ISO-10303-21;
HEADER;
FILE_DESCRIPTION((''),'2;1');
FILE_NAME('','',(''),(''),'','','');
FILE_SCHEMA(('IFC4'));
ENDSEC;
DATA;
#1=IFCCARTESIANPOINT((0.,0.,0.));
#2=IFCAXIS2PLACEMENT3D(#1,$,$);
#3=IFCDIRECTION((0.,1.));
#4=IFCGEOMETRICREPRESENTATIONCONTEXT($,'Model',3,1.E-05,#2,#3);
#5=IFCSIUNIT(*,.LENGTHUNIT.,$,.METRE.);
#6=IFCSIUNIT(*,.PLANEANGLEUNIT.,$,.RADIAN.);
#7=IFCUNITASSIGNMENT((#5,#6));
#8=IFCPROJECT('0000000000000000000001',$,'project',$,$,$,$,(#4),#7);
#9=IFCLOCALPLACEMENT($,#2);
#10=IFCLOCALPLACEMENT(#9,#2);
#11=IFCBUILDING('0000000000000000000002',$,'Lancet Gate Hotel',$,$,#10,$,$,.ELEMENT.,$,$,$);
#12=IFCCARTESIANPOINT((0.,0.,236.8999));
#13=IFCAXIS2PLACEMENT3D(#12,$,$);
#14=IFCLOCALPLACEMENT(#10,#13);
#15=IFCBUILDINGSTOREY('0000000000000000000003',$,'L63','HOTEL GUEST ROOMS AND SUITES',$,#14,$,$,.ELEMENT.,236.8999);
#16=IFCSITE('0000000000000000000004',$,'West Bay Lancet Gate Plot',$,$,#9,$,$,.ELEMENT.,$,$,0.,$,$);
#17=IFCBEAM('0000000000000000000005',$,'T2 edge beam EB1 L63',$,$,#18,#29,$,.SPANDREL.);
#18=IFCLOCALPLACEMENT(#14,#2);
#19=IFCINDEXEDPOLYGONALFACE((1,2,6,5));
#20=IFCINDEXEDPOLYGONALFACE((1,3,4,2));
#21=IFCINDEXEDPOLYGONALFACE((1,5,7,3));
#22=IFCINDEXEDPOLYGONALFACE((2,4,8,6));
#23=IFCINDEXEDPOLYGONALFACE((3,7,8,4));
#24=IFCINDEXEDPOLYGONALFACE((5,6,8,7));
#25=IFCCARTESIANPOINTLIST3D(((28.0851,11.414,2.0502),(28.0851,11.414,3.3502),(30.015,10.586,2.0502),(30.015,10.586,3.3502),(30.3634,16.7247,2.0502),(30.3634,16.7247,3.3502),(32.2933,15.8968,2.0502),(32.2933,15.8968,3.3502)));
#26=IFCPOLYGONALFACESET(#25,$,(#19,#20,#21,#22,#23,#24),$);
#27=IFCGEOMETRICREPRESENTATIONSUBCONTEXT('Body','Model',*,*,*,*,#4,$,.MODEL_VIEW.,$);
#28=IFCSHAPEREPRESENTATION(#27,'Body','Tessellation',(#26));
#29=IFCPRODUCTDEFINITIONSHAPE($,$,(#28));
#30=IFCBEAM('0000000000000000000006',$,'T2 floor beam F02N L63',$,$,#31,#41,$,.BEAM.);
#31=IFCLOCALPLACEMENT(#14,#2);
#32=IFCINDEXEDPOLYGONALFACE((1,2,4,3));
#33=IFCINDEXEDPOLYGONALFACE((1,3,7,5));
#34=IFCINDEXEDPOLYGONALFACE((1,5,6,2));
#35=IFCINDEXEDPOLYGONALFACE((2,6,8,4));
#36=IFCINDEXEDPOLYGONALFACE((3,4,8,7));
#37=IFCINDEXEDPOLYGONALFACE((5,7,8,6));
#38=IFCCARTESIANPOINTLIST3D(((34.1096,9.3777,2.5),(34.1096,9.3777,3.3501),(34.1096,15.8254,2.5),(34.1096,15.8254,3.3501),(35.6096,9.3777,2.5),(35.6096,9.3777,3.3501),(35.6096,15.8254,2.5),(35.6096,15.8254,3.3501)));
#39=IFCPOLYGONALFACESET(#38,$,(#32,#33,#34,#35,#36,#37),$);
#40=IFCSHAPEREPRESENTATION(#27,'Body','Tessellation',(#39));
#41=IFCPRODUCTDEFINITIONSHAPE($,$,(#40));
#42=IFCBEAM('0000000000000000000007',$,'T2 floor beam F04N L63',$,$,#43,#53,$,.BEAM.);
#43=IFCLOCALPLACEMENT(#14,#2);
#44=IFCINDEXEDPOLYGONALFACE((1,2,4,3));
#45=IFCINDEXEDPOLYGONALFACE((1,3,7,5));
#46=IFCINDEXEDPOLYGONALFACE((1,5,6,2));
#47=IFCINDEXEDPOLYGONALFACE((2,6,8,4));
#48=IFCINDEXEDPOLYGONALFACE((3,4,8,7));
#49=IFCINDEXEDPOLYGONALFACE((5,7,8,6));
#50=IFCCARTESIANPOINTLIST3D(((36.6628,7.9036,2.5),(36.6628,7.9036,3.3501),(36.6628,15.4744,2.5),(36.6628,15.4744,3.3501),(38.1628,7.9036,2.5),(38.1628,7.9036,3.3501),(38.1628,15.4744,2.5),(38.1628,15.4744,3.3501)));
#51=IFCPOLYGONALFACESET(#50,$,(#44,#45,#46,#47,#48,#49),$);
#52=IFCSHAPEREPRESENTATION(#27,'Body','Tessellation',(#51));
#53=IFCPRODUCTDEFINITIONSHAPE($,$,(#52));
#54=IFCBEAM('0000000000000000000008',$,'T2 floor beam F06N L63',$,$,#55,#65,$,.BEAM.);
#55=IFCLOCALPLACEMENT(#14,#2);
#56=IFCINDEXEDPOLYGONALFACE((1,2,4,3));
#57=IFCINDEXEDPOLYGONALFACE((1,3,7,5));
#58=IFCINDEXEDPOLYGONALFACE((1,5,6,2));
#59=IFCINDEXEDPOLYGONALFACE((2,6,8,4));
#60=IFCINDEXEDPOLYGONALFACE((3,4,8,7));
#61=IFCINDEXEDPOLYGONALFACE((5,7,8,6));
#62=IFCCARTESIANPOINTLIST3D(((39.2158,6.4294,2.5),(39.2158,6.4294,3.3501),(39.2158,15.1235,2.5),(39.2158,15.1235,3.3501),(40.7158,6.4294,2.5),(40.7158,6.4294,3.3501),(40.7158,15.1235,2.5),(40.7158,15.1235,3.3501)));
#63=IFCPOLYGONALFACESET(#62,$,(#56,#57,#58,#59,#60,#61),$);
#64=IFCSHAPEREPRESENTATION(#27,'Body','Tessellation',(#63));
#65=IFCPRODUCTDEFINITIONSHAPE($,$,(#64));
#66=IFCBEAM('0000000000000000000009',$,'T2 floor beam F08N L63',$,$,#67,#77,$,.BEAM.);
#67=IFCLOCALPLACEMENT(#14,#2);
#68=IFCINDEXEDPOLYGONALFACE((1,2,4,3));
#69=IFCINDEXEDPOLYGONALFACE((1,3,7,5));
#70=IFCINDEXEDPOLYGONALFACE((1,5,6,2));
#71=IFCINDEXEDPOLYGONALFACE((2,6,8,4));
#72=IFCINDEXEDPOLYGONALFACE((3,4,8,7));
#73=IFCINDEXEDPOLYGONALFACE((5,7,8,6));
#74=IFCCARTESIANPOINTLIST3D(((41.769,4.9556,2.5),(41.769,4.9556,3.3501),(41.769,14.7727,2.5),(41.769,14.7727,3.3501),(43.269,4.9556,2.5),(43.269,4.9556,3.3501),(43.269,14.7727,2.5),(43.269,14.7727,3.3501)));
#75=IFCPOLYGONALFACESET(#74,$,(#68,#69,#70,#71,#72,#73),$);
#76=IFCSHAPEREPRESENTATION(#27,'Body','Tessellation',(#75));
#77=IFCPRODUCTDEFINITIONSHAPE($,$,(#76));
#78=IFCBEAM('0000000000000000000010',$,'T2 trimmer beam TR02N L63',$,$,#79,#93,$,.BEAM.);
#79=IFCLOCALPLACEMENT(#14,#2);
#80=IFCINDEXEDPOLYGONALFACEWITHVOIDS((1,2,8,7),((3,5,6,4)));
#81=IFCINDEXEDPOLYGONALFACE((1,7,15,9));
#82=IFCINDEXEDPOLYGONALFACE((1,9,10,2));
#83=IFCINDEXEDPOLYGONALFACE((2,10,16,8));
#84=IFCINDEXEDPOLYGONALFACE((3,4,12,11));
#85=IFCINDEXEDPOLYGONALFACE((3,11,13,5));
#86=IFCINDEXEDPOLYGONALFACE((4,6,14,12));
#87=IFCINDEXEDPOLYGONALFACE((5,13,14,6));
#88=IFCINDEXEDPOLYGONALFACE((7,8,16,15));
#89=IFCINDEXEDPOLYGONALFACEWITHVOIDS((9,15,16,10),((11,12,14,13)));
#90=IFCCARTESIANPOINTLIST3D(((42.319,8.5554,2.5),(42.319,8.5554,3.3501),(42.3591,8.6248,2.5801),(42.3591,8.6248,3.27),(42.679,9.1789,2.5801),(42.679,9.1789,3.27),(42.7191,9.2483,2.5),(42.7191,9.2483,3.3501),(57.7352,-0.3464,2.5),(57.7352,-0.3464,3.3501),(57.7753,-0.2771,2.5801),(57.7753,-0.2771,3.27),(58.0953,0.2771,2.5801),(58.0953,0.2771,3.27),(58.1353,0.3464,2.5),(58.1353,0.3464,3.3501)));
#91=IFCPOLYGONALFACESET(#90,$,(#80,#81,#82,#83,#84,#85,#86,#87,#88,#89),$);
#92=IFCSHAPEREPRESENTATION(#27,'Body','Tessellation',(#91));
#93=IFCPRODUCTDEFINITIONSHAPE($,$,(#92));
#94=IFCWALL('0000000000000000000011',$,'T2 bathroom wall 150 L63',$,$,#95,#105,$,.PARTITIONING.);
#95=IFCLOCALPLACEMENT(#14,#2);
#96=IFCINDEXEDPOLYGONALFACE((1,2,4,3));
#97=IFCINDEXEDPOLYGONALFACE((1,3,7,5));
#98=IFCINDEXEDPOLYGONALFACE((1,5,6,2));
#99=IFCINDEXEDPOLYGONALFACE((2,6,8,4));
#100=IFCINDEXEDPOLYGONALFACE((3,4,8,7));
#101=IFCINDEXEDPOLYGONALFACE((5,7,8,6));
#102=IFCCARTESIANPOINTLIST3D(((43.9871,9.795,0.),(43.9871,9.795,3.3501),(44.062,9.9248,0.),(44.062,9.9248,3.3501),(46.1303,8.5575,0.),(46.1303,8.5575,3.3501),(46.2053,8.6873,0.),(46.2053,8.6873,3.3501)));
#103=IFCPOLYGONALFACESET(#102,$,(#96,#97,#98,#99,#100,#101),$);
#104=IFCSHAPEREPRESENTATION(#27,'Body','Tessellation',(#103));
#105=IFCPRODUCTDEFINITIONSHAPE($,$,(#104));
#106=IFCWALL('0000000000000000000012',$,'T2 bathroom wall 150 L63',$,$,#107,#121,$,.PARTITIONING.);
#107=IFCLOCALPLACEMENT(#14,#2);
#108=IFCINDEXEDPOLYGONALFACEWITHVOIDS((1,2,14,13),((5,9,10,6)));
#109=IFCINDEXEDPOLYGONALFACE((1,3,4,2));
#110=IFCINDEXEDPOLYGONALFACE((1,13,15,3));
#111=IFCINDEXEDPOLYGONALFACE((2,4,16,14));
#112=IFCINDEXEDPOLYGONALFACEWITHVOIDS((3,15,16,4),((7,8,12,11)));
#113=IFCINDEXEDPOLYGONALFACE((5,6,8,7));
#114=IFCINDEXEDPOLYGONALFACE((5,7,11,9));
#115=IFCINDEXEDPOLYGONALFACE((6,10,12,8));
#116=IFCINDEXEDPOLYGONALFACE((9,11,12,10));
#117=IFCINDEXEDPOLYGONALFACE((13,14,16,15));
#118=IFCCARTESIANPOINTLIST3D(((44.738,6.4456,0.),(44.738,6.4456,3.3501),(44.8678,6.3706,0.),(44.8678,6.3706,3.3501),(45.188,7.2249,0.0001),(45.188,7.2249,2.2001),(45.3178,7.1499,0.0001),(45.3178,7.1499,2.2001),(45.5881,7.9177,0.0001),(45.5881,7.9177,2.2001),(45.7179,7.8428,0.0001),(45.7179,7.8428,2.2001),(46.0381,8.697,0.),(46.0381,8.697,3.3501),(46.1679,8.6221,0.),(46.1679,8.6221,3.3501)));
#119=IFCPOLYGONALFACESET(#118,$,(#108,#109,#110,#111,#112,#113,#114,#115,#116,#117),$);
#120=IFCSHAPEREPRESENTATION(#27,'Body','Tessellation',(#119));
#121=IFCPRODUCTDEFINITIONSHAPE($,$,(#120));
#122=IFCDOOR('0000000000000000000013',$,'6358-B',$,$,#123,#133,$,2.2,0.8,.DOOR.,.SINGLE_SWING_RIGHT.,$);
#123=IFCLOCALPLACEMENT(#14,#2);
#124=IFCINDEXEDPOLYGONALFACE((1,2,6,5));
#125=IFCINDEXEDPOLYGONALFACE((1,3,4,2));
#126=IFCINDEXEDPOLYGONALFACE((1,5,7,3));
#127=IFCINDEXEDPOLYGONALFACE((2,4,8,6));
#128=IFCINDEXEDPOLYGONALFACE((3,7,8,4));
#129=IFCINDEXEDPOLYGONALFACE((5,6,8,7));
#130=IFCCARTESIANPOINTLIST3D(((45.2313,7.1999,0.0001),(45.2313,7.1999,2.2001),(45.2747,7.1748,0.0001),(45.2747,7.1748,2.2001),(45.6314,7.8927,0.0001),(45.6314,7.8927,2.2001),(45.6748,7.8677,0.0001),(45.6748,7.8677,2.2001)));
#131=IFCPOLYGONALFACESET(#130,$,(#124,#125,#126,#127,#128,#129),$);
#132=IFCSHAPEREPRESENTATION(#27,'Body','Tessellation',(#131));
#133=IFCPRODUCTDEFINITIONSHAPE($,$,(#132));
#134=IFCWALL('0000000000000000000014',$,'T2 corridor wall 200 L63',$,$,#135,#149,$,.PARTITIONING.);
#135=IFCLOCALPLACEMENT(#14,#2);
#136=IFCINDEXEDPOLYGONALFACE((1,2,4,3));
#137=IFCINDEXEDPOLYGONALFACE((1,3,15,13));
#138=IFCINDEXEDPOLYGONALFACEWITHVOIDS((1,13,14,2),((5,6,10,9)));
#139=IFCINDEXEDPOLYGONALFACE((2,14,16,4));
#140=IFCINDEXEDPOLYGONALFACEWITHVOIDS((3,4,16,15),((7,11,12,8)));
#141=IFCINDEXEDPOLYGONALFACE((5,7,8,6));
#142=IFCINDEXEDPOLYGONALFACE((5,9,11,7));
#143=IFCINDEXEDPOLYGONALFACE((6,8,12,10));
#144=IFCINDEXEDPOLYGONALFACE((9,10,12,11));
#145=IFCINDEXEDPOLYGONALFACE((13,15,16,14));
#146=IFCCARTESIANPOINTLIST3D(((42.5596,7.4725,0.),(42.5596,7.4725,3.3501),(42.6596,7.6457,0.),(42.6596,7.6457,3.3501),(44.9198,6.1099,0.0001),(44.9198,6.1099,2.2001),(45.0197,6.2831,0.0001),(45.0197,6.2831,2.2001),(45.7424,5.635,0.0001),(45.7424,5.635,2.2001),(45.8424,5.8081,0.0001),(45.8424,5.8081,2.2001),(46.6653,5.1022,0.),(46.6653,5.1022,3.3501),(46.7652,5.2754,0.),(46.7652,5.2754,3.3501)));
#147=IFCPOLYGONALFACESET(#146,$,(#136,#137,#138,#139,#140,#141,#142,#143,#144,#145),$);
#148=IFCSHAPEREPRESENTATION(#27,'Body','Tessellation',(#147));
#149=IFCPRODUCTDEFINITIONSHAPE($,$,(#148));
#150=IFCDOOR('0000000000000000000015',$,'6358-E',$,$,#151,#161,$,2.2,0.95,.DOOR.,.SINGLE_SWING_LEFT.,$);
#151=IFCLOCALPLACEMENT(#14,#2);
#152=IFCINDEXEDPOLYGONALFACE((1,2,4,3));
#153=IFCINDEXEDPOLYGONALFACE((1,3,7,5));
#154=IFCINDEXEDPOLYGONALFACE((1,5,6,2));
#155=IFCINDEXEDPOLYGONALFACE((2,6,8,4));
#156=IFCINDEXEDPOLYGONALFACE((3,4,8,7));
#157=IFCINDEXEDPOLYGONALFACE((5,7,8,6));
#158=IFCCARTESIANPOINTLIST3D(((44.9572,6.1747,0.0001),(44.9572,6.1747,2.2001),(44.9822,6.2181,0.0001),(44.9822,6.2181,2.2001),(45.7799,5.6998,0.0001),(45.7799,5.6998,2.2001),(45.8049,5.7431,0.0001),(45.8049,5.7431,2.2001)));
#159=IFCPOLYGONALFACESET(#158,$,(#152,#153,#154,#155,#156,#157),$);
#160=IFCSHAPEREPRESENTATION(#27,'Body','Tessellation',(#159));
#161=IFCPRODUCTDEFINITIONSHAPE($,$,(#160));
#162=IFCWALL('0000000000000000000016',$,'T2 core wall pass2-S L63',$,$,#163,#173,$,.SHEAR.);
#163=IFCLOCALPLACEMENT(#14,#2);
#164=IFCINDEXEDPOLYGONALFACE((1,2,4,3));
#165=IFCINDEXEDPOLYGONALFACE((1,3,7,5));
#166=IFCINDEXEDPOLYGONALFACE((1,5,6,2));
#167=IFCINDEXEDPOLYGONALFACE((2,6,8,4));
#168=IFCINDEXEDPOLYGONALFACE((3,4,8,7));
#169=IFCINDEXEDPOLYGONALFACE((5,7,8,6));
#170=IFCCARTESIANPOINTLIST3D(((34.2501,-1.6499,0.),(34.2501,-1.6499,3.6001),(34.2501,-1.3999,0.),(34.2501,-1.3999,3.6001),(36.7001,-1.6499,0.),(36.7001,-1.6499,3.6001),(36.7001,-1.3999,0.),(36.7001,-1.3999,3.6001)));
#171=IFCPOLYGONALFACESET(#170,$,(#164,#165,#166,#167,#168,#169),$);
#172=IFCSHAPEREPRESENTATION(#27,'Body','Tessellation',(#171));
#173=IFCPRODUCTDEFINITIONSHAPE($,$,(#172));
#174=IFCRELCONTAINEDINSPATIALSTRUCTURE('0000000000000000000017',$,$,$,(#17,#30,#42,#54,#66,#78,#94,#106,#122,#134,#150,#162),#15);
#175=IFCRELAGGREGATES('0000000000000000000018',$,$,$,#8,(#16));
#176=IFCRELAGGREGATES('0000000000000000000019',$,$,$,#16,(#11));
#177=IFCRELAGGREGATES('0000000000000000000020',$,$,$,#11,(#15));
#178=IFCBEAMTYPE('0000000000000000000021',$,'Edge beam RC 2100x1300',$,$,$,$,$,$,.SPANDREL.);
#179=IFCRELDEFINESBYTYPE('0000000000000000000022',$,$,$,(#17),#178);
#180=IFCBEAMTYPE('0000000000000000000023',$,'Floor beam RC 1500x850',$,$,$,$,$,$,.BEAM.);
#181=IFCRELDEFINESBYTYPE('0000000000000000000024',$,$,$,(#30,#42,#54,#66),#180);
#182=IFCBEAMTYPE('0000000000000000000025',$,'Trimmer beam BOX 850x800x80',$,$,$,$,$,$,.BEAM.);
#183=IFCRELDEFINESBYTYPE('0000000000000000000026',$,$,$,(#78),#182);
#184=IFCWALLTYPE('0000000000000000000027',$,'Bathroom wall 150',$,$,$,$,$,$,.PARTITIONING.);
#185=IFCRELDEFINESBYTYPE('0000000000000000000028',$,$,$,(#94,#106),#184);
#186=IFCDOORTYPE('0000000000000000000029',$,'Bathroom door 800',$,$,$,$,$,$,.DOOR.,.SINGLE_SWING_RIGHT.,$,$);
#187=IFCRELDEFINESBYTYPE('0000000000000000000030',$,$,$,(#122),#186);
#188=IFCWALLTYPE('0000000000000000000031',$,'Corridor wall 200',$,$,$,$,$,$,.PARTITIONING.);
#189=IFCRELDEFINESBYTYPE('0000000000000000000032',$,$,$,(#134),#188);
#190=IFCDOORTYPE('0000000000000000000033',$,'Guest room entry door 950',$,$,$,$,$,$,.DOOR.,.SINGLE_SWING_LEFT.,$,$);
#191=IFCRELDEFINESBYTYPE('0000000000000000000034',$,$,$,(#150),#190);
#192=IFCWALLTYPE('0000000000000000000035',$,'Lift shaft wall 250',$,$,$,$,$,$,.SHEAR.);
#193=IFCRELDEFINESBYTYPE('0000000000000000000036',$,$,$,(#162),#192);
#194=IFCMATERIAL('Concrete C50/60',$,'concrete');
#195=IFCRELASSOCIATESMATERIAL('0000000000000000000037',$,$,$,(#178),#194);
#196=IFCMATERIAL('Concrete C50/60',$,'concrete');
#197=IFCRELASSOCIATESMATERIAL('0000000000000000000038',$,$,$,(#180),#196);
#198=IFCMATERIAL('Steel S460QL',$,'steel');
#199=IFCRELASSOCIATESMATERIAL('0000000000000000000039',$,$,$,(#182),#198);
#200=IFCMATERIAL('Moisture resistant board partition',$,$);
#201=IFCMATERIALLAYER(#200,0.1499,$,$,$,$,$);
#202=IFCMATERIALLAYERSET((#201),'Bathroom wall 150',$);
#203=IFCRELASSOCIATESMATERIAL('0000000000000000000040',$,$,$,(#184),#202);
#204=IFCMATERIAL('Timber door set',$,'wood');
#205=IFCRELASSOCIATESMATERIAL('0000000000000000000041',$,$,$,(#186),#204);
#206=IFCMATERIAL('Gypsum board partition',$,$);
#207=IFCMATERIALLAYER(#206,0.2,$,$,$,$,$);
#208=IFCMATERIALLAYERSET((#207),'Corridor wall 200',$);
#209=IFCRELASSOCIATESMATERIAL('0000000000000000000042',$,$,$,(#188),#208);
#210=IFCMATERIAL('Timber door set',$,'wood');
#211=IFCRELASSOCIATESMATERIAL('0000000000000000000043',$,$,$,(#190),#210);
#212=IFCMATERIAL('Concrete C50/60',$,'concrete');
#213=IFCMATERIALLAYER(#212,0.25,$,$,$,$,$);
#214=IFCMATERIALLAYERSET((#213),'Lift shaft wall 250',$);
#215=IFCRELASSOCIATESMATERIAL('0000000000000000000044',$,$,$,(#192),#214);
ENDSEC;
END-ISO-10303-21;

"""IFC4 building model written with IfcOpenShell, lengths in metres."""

from ifc_helpers import new_model, si_unit, direction, frame, frame_2d, origin, origin_2d, place, context, subcontext, project, spatial, rectangle, hollow_rectangle, extrude, material, layer, layer_set, material_profile, profile_set, type_object, element, fill, save


model = new_model("IFC4")

# Units and contexts
model_context = context("Model", 3, precision=1e-05, world=origin(), true_north=direction((0.0, 1.0)))
body_context = subcontext(model_context, "Body", "Model", "MODEL_VIEW")
ifc_project = project(units=[si_unit("LENGTHUNIT", "METRE"), si_unit("PLANEANGLEUNIT", "RADIAN")], contexts=[model_context])

# Site, building, storey
site_placement = place(None, origin())
site = spatial("IfcSite", under=ifc_project, at=site_placement, Name="West Bay Lancet Gate Plot", CompositionType="ELEMENT", RefElevation=0.0)
building_placement = place(site_placement, origin())
building = spatial("IfcBuilding", under=site, at=building_placement, Name="Lancet Gate Hotel", CompositionType="ELEMENT")
storey_placement = place(building_placement, frame((0.0, 0.0, 236.8999)))
storey = spatial("IfcBuildingStorey", under=building, at=storey_placement, Name="L63", Description="HOTEL GUEST ROOMS AND SUITES", CompositionType="ELEMENT", Elevation=236.8999)

# Beams
ifc_material_1 = material(Name="Concrete C50/60", Category="concrete")
ifc_material_profile_1 = material_profile(ifc_material_1, rectangle(XDim=2.1001, YDim=1.3, at=origin_2d()), Name="RC 2100x1300")
ifc_profile_set_1 = profile_set([ifc_material_profile_1], Name="Concrete C50/60")
beam_type_1 = type_object("IfcBeamType", Name="Edge beam RC 2100x1300", PredefinedType="SPANDREL", material=ifc_profile_set_1)
beam_1_placement = place(storey_placement, frame((29.05, 11.0, 2.7002), z_axis=(0.394251, 0.919003, 0.0), x_axis=(-0.919003, 0.394251, 0.0)))
element("IfcBeam", 1, at=beam_1_placement, inside=storey, type_object=beam_type_1, Name="T2 edge beam EB1 L63", PredefinedType="SPANDREL", context=body_context, shape_type="SweptSolid", body=[
    extrude(rectangle(XDim=2.1001, YDim=1.3, at=origin_2d()), origin(), (0.0, 0.0, 1.0), 5.7788),
])
ifc_material_2 = material(Name="Concrete C50/60", Category="concrete")
ifc_material_profile_2 = material_profile(ifc_material_2, rectangle(XDim=1.5, YDim=0.8501, at=origin_2d()), Name="RC 1500x850")
ifc_profile_set_2 = profile_set([ifc_material_profile_2], Name="Concrete C50/60")
beam_type_2 = type_object("IfcBeamType", Name="Floor beam RC 1500x850", PredefinedType="BEAM", material=ifc_profile_set_2)
beam_2_placement = place(storey_placement, frame((34.8596, 9.3777, 2.925), z_axis=(0.0, 1.0, 0.0), x_axis=(-1.0, 0.0, 0.0)))
element("IfcBeam", 2, at=beam_2_placement, inside=storey, type_object=beam_type_2, Name="T2 floor beam F02N L63", PredefinedType="BEAM", context=body_context, shape_type="SweptSolid", body=[
    extrude(rectangle(XDim=1.5, YDim=0.8501, at=origin_2d()), origin(), (0.0, 0.0, 1.0), 6.4478),
])
beam_3_placement = place(storey_placement, frame((37.4128, 7.9036, 2.925), z_axis=(0.0, 1.0, 0.0), x_axis=(-1.0, 0.0, 0.0)))
element("IfcBeam", 3, at=beam_3_placement, inside=storey, type_object=beam_type_2, Name="T2 floor beam F04N L63", PredefinedType="BEAM", context=body_context, shape_type="SweptSolid", body=[
    extrude(rectangle(XDim=1.5, YDim=0.8501, at=origin_2d()), origin(), (0.0, 0.0, 1.0), 7.5708),
])
beam_4_placement = place(storey_placement, frame((39.9658, 6.4294, 2.925), z_axis=(0.0, 1.0, 0.0), x_axis=(-1.0, 0.0, 0.0)))
element("IfcBeam", 4, at=beam_4_placement, inside=storey, type_object=beam_type_2, Name="T2 floor beam F06N L63", PredefinedType="BEAM", context=body_context, shape_type="SweptSolid", body=[
    extrude(rectangle(XDim=1.5, YDim=0.8501, at=origin_2d()), origin(), (0.0, 0.0, 1.0), 8.6941),
])
beam_5_placement = place(storey_placement, frame((42.519, 4.9556, 2.925), z_axis=(0.0, 1.0, 0.0), x_axis=(-1.0, 0.0, 0.0)))
element("IfcBeam", 5, at=beam_5_placement, inside=storey, type_object=beam_type_2, Name="T2 floor beam F08N L63", PredefinedType="BEAM", context=body_context, shape_type="SweptSolid", body=[
    extrude(rectangle(XDim=1.5, YDim=0.8501, at=origin_2d()), origin(), (0.0, 0.0, 1.0), 9.8171),
])
ifc_material_3 = material(Name="Steel S460QL", Category="steel")
ifc_material_profile_3 = material_profile(ifc_material_3, hollow_rectangle(XDim=0.8, YDim=0.8501, WallThickness=0.0801, at=origin_2d()), Name="BOX 850x800x80")
ifc_profile_set_3 = profile_set([ifc_material_profile_3], Name="Steel S460QL")
beam_type_3 = type_object("IfcBeamType", Name="Trimmer beam BOX 850x800x80", PredefinedType="BEAM", material=ifc_profile_set_3)
beam_6_placement = place(storey_placement, frame((42.519, 8.9019, 2.925), z_axis=(0.865994, -0.500054, 0.0), x_axis=(0.500054, 0.865994, 0.0)))
element("IfcBeam", 6, at=beam_6_placement, inside=storey, type_object=beam_type_3, Name="T2 trimmer beam TR02N L63", PredefinedType="BEAM", context=body_context, shape_type="SweptSolid", body=[
    extrude(hollow_rectangle(XDim=0.8, YDim=0.8501, WallThickness=0.0801, at=origin_2d()), origin(), (0.0, 0.0, 1.0), 17.8018),
])

# Wall
ifc_material_4 = material(Name="Moisture resistant board partition")
ifc_layer_1 = layer(ifc_material_4, 0.1499)
ifc_layer_set_1 = layer_set([ifc_layer_1], Name="Bathroom wall 150")
wall_type_1 = type_object("IfcWallType", Name="Bathroom wall 150", PredefinedType="PARTITIONING", material=ifc_layer_set_1)
wall_1_placement = place(storey_placement, frame((44.0247, 9.8599, 0.0), z_axis=(0.0, 0.0, 1.0), x_axis=(0.866007, -0.500033, 0.0)))
element("IfcWall", 7, at=wall_1_placement, inside=storey, type_object=wall_type_1, Name="T2 bathroom wall 150 L63", PredefinedType="PARTITIONING", context=body_context, shape_type="SweptSolid", body=[
    extrude(rectangle(XDim=2.4749, YDim=0.1499, at=frame_2d((1.2373, 0.0))), origin(), (0.0, 0.0, 1.0), 3.3501),
])

# Walls, openings, doors
wall_2_placement = place(storey_placement, frame((44.803, 6.4082, 0.0), z_axis=(0.0, 0.0, 1.0), x_axis=(0.500048, 0.865998, 0.0)))
wall_2 = element("IfcWall", 8, at=wall_2_placement, inside=storey, type_object=wall_type_1, Name="T2 bathroom wall 150 L63", PredefinedType="PARTITIONING", context=body_context, shape_type="SweptSolid", body=[
    extrude(rectangle(XDim=2.5999, YDim=0.1499, at=frame_2d((1.2998, 0.0))), origin(), (0.0, 0.0, 1.0), 3.3501),
])
opening_1_placement = place(wall_2_placement, frame((0.8999, 0.0, 0.0)))
opening_1 = element("IfcOpeningElement", 9, at=opening_1_placement, cuts=wall_2, PredefinedType="OPENING", context=body_context, shape_type="SweptSolid", body=[
    extrude(rectangle(XDim=0.8, YDim=2.2, at=frame_2d((0.3999, 1.1001))), frame((0.0, 0.085, 0.0), z_axis=(0.0, -1.0, 0.0), x_axis=(1.0, 0.0, 0.0)), (0.0, 0.0, 1.0), 0.1699),
])
ifc_material_5 = material(Name="Timber door set", Category="wood")
door_type_1 = type_object("IfcDoorType", Name="Bathroom door 800", OperationType="SINGLE_SWING_RIGHT", PredefinedType="DOOR", material=ifc_material_5)
door_1_placement = place(opening_1_placement, origin())
door_1 = element("IfcDoor", 10, at=door_1_placement, inside=storey, type_object=door_type_1, Name="6358-B", OperationType="SINGLE_SWING_RIGHT", OverallHeight=2.2, OverallWidth=0.8, PredefinedType="DOOR", context=body_context, shape_type="SweptSolid", body=[
    extrude(rectangle(XDim=0.8, YDim=2.2, at=frame_2d((0.3999, 1.1001))), frame((0.0, 0.0249, 0.0), z_axis=(0.0, -1.0, 0.0), x_axis=(1.0, 0.0, 0.0)), (0.0, 0.0, 1.0), 0.05),
])
fill(opening_1, door_1)
ifc_material_6 = material(Name="Gypsum board partition")
ifc_layer_2 = layer(ifc_material_6, 0.2)
ifc_layer_set_2 = layer_set([ifc_layer_2], Name="Corridor wall 200")
wall_type_2 = type_object("IfcWallType", Name="Corridor wall 200", PredefinedType="PARTITIONING", material=ifc_layer_set_2)
wall_3_placement = place(storey_placement, frame((42.6096, 7.5591, 0.0), z_axis=(0.0, 0.0, 1.0), x_axis=(0.866032, -0.499988, 0.0)))
wall_3 = element("IfcWall", 11, at=wall_3_placement, inside=storey, type_object=wall_type_2, Name="T2 corridor wall 200 L63", PredefinedType="PARTITIONING", context=body_context, shape_type="SweptSolid", body=[
    extrude(rectangle(XDim=4.7407, YDim=0.2, at=frame_2d((2.3704, 0.0))), origin(), (0.0, 0.0, 1.0), 3.3501),
])
opening_2_placement = place(wall_3_placement, frame((2.7251, 0.0, 0.0)))
opening_2 = element("IfcOpeningElement", 12, at=opening_2_placement, cuts=wall_3, PredefinedType="OPENING", context=body_context, shape_type="SweptSolid", body=[
    extrude(rectangle(XDim=0.95, YDim=2.2, at=frame_2d((0.4751, 1.1001))), frame((0.0, 0.1099, 0.0), z_axis=(0.0, -1.0, 0.0), x_axis=(1.0, 0.0, 0.0)), (0.0, 0.0, 1.0), 0.22),
])
ifc_material_7 = material(Name="Timber door set", Category="wood")
door_type_2 = type_object("IfcDoorType", Name="Guest room entry door 950", OperationType="SINGLE_SWING_LEFT", PredefinedType="DOOR", material=ifc_material_7)
door_2_placement = place(opening_2_placement, origin())
door_2 = element("IfcDoor", 13, at=door_2_placement, inside=storey, type_object=door_type_2, Name="6358-E", OperationType="SINGLE_SWING_LEFT", OverallHeight=2.2, OverallWidth=0.95, PredefinedType="DOOR", context=body_context, shape_type="SweptSolid", body=[
    extrude(rectangle(XDim=0.95, YDim=2.2, at=frame_2d((0.4751, 1.1001))), frame((0.0, 0.0249, 0.0), z_axis=(0.0, -1.0, 0.0), x_axis=(1.0, 0.0, 0.0)), (0.0, 0.0, 1.0), 0.05),
])
fill(opening_2, door_2)

# Wall
ifc_material_8 = material(Name="Concrete C50/60", Category="concrete")
ifc_layer_3 = layer(ifc_material_8, 0.25)
ifc_layer_set_3 = layer_set([ifc_layer_3], Name="Lift shaft wall 250")
wall_type_3 = type_object("IfcWallType", Name="Lift shaft wall 250", PredefinedType="SHEAR", material=ifc_layer_set_3)
wall_4_placement = place(storey_placement, frame((34.25, -1.5249, 0.0), z_axis=(0.0, 0.0, 1.0), x_axis=(1.0, 0.0, 0.0)))
element("IfcWall", 14, at=wall_4_placement, inside=storey, type_object=wall_type_3, Name="T2 core wall pass2-S L63", PredefinedType="SHEAR", context=body_context, shape_type="SweptSolid", body=[
    extrude(rectangle(XDim=2.45, YDim=0.25, at=frame_2d((1.2251, 0.0))), origin(), (0.0, 0.0, 1.0), 3.6001),
])

save(model, "model.ifc")
